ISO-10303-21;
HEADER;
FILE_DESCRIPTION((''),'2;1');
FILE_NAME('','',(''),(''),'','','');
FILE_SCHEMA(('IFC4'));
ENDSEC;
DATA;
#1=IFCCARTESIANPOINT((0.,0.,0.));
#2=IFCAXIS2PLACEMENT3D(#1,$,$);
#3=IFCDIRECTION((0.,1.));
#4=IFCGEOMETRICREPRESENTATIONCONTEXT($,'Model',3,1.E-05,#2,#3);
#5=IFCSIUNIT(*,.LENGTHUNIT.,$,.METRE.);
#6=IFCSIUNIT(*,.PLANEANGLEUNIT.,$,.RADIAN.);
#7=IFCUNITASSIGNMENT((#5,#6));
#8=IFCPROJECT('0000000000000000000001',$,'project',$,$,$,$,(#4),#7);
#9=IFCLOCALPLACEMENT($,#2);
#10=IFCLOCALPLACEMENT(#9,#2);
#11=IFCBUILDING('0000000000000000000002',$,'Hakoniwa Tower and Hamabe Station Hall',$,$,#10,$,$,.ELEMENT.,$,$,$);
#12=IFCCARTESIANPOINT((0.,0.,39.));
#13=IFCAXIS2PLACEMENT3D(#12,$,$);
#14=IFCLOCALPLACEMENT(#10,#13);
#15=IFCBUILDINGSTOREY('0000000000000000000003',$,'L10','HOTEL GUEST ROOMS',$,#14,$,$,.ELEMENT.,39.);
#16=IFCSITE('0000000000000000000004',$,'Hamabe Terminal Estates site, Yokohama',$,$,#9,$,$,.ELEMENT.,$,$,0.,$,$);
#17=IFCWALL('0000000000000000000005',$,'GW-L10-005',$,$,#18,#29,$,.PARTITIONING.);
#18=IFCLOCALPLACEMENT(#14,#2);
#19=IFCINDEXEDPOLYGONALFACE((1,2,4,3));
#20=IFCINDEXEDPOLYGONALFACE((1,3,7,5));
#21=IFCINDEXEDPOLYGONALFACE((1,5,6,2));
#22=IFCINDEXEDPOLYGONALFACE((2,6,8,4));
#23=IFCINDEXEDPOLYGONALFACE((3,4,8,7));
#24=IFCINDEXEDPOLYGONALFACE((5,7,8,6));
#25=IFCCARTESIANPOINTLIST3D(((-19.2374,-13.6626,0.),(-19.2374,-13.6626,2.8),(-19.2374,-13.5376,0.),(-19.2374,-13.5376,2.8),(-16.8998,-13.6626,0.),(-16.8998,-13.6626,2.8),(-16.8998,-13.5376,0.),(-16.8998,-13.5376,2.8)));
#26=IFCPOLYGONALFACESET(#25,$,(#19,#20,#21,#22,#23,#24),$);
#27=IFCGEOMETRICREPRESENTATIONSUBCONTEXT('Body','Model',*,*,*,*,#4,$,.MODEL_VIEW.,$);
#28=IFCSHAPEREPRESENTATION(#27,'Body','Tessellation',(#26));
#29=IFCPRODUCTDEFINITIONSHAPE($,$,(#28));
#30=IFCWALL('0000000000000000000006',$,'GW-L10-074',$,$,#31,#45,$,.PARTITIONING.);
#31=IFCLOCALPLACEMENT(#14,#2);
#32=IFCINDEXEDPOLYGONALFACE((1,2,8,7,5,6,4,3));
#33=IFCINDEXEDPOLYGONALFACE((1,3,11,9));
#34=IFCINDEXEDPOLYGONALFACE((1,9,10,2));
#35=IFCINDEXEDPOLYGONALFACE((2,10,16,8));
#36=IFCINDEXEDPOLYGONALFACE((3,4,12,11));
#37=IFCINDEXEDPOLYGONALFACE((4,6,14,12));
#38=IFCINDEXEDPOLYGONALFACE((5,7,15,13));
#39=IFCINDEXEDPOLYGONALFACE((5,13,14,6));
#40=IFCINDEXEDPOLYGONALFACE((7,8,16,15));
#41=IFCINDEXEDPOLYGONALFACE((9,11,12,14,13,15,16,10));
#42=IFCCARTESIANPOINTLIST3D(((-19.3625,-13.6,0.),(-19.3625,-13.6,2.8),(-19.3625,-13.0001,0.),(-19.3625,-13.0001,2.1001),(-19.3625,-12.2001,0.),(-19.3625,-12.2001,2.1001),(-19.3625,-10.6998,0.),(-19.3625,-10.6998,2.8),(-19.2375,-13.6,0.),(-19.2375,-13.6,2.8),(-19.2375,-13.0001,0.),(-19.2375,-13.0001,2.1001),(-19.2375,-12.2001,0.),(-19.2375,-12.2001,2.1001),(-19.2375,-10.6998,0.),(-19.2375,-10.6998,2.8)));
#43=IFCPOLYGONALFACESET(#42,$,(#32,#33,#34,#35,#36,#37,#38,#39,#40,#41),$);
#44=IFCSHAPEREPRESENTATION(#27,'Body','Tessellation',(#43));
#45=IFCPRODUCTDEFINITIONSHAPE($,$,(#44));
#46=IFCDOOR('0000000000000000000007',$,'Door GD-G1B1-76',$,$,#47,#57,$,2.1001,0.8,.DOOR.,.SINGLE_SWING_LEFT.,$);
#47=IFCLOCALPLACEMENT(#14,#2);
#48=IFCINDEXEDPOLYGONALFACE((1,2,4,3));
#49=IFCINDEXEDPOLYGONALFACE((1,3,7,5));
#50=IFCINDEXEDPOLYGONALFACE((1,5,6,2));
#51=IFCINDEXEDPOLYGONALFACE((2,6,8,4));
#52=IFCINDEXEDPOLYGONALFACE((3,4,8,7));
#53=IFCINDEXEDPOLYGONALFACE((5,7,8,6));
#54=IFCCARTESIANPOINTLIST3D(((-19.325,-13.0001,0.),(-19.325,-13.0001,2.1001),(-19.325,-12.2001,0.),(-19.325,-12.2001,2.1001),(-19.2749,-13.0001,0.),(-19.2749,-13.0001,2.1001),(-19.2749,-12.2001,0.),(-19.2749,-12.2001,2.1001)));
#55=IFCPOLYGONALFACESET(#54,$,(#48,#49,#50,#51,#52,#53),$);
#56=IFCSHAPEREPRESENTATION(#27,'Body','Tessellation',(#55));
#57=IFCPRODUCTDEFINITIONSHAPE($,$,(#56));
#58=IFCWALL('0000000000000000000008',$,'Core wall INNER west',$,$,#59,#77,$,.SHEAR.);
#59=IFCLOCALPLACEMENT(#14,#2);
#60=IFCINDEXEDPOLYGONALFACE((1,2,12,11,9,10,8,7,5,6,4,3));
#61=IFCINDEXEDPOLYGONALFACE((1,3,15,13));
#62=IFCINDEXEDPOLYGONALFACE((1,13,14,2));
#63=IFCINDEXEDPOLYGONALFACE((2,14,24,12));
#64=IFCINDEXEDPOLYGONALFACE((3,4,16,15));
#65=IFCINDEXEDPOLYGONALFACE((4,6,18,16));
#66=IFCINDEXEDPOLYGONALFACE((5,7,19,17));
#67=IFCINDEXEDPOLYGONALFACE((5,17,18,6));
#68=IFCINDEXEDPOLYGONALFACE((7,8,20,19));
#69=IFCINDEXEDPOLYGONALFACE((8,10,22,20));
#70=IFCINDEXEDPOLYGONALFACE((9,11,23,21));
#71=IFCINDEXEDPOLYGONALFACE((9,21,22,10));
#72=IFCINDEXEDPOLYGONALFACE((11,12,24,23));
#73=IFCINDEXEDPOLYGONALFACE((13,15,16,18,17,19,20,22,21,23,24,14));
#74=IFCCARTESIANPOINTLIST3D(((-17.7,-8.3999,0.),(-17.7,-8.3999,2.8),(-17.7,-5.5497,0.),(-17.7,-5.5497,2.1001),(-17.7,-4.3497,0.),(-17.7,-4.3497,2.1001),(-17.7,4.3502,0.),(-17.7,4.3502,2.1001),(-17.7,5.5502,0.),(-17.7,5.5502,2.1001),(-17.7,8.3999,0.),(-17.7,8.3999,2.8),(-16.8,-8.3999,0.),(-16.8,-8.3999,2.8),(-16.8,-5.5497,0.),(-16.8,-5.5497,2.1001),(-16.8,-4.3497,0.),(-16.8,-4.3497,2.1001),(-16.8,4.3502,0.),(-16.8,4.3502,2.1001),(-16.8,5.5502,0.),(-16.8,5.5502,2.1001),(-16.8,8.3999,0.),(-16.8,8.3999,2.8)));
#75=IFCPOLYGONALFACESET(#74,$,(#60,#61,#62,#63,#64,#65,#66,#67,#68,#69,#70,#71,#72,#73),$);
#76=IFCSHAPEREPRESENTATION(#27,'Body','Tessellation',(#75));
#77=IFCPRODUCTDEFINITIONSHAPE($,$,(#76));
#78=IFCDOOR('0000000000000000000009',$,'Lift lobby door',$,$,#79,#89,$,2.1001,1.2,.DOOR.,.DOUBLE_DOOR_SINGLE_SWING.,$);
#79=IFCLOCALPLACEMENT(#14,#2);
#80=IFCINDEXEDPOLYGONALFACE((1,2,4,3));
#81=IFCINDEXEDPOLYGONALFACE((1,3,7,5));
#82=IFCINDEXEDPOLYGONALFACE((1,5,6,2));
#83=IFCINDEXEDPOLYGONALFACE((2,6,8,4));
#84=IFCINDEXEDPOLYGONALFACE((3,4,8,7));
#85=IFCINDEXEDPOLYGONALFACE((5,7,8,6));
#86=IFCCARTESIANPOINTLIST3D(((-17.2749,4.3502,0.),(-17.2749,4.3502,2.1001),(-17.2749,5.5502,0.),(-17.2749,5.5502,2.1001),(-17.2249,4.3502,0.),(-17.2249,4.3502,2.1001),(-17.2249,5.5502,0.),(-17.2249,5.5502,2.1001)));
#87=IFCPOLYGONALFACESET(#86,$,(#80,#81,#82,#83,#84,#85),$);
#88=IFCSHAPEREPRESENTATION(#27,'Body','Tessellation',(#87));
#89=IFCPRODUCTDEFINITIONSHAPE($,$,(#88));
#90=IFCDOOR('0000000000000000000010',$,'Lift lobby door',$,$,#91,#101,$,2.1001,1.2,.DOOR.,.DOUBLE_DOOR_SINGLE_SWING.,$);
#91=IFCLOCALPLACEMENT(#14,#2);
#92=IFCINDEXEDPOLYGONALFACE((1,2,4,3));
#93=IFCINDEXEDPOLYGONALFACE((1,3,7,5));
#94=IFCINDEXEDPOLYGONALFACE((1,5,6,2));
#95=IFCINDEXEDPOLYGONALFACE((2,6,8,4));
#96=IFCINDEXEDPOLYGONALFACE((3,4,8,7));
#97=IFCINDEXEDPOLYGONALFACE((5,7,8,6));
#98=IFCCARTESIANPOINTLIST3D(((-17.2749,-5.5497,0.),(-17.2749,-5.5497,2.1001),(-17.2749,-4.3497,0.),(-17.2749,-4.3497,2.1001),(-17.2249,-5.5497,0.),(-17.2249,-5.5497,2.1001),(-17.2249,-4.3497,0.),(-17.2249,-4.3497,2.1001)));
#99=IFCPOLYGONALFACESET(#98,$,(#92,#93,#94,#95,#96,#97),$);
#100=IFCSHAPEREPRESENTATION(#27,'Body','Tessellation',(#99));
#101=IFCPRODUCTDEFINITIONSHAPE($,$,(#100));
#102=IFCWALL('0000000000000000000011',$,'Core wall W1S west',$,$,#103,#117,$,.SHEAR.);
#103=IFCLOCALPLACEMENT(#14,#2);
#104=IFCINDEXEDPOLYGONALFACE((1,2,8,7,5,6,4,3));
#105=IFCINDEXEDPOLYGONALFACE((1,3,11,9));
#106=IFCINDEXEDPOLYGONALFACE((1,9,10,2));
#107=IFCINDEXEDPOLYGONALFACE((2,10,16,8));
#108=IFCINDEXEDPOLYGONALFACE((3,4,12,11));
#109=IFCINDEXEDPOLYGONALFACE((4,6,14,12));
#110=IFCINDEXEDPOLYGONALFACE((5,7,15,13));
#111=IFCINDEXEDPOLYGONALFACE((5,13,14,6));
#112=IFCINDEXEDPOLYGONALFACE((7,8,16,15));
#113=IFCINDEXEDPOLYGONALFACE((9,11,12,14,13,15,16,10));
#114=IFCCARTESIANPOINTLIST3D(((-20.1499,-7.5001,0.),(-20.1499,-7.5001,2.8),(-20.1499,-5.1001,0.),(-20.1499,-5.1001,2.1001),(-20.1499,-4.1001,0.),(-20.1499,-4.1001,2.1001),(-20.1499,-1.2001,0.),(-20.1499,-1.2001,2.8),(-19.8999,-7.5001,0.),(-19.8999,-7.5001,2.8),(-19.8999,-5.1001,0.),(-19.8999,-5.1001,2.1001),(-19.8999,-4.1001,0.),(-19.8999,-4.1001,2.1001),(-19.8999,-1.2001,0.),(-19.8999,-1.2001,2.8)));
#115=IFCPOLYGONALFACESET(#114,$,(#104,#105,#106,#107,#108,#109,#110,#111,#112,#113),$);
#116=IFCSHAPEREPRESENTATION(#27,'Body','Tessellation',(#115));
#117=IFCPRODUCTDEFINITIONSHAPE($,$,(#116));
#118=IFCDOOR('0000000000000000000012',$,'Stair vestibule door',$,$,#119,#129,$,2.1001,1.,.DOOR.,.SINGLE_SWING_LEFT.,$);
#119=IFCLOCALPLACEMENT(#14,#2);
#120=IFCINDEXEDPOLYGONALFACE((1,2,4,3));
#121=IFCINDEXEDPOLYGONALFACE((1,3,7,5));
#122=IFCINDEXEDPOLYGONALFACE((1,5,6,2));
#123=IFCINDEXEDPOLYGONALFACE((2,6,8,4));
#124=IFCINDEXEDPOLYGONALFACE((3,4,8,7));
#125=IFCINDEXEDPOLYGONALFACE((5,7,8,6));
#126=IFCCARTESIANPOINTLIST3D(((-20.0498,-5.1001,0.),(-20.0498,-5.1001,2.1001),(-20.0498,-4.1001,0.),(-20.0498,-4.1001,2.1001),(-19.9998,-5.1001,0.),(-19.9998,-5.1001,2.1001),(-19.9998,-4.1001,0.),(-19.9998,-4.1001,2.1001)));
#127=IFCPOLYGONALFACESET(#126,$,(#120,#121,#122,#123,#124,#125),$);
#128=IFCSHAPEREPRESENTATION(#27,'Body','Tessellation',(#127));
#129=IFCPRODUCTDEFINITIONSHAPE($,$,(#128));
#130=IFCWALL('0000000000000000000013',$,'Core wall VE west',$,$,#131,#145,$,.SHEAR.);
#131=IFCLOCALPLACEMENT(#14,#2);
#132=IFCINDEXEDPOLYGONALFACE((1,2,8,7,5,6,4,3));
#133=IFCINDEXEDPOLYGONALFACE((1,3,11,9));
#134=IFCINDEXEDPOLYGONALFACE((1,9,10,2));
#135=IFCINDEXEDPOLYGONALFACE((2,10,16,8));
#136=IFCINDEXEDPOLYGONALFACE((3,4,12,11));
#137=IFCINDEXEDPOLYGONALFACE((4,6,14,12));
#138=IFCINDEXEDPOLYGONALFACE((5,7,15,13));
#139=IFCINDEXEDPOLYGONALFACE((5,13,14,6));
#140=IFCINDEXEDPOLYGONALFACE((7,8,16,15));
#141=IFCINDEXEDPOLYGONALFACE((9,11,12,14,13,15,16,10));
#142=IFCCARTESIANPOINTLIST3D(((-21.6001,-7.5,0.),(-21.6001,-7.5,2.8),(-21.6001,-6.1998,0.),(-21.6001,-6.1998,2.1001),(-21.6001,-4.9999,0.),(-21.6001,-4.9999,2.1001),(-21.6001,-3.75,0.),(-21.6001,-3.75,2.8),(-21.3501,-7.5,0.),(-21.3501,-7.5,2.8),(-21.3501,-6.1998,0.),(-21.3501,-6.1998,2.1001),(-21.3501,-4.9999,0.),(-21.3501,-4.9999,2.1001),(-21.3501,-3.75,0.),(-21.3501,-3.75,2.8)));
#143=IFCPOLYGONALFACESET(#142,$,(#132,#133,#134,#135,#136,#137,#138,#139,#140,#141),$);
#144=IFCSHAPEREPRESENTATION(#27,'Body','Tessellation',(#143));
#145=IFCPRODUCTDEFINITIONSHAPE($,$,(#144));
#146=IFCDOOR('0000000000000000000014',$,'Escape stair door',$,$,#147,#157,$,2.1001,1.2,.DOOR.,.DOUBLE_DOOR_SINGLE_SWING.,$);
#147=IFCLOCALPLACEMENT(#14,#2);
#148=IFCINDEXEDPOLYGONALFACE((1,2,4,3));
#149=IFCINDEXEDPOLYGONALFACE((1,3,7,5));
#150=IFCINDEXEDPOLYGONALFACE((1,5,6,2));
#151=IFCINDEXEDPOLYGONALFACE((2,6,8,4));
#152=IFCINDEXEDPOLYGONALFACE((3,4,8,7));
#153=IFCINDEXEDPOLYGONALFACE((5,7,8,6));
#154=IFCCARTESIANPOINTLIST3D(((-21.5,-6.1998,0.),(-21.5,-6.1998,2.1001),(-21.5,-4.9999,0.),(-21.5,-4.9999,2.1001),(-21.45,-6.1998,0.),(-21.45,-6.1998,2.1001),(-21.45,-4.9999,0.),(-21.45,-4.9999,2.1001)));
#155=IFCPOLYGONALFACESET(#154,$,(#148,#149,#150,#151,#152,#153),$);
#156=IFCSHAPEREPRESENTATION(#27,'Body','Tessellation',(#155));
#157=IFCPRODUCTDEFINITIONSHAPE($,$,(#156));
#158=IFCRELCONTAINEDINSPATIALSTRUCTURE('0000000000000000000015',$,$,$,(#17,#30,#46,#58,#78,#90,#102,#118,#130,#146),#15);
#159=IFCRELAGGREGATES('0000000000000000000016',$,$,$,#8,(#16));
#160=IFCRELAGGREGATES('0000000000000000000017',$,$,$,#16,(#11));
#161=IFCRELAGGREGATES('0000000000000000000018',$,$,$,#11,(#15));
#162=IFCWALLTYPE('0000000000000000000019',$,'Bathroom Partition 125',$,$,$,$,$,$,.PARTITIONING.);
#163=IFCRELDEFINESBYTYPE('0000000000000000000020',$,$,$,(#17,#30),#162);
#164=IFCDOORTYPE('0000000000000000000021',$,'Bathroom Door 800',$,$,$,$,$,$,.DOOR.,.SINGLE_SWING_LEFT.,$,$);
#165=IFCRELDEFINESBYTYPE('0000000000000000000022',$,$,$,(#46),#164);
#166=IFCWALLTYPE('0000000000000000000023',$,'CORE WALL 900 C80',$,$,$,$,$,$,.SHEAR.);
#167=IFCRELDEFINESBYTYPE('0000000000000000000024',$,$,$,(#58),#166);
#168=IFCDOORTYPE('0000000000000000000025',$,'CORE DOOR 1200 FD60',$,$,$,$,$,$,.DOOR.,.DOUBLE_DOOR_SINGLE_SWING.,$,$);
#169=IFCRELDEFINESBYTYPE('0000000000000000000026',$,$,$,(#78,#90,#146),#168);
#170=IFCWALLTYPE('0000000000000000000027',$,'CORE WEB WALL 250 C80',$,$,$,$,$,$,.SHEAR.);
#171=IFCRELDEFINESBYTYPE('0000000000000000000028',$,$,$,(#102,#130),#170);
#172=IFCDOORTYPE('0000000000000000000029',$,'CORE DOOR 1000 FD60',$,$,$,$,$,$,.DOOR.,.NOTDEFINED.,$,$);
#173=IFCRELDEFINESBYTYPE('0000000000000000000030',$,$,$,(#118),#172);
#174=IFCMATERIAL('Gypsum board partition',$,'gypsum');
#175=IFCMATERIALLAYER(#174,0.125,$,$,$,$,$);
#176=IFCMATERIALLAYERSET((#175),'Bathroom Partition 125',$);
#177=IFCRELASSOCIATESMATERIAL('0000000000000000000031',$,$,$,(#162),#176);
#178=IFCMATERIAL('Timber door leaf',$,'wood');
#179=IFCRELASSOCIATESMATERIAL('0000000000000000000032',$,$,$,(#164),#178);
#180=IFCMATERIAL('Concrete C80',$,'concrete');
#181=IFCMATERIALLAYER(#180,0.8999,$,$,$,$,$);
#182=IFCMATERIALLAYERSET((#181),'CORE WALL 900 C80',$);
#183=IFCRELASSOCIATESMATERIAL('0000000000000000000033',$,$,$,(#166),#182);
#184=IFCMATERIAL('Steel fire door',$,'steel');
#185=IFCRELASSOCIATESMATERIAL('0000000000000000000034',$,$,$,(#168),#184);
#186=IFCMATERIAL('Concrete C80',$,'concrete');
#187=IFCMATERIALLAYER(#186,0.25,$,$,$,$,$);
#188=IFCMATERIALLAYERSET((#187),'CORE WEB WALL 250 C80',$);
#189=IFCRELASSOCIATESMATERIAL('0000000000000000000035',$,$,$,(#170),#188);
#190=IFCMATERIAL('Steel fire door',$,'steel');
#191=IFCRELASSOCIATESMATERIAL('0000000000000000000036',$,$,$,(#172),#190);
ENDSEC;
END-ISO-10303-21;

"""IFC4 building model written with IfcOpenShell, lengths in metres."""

from ifc_helpers import new_model, si_unit, direction, frame, frame_2d, origin, place, context, subcontext, project, spatial, rectangle, extrude, material, layer, layer_set, type_object, element, fill, save


model = new_model("IFC4")

# Units and contexts
model_context = context("Model", 3, precision=1e-05, world=origin(), true_north=direction((0.0, 1.0)))
body_context = subcontext(model_context, "Body", "Model", "MODEL_VIEW")
ifc_project = project(units=[si_unit("LENGTHUNIT", "METRE"), si_unit("PLANEANGLEUNIT", "RADIAN")], contexts=[model_context])

# Site, building, storey
site_placement = place(None, origin())
site = spatial("IfcSite", under=ifc_project, at=site_placement, Name="Hamabe Terminal Estates site, Yokohama", CompositionType="ELEMENT", RefElevation=0.0)
building_placement = place(site_placement, origin())
building = spatial("IfcBuilding", under=site, at=building_placement, Name="Hakoniwa Tower and Hamabe Station Hall", CompositionType="ELEMENT")
storey_placement = place(building_placement, frame((0.0, 0.0, 39.0)))
storey = spatial("IfcBuildingStorey", under=building, at=storey_placement, Name="L10", Description="HOTEL GUEST ROOMS", CompositionType="ELEMENT", Elevation=39.0)

# Wall
ifc_material_1 = material(Name="Gypsum board partition", Category="gypsum")
ifc_layer_1 = layer(ifc_material_1, 0.125)
ifc_layer_set_1 = layer_set([ifc_layer_1], Name="Bathroom Partition 125")
wall_type_1 = type_object("IfcWallType", Name="Bathroom Partition 125", PredefinedType="PARTITIONING", material=ifc_layer_set_1)
wall_1_placement = place(storey_placement, frame((-19.2375, -13.6001, 0.0), z_axis=(0.0, 0.0, 1.0), x_axis=(1.0, 0.0, 0.0)))
element("IfcWall", 1, at=wall_1_placement, inside=storey, type_object=wall_type_1, Name="GW-L10-005", PredefinedType="PARTITIONING", context=body_context, shape_type="SweptSolid", body=[
    extrude(rectangle(XDim=2.3376, YDim=0.125, at=frame_2d((1.1689, 0.0))), origin(), (0.0, 0.0, 1.0), 2.8),
])

# Wall, opening, door
wall_2_placement = place(storey_placement, frame((-19.3, -13.6001, 0.0), z_axis=(0.0, 0.0, 1.0), x_axis=(0.0, 1.0, 0.0)))
wall_2 = element("IfcWall", 2, at=wall_2_placement, inside=storey, type_object=wall_type_1, Name="GW-L10-074", PredefinedType="PARTITIONING", context=body_context, shape_type="SweptSolid", body=[
    extrude(rectangle(XDim=2.9001, YDim=0.125, at=frame_2d((1.4502, 0.0))), origin(), (0.0, 0.0, 1.0), 2.8),
])
opening_1_placement = place(wall_2_placement, frame((0.6001, 0.0, 0.0)))
opening_1 = element("IfcOpeningElement", 3, at=opening_1_placement, cuts=wall_2, PredefinedType="OPENING", context=body_context, shape_type="SweptSolid", body=[
    extrude(rectangle(XDim=0.8, YDim=2.1001, at=frame_2d((0.3999, 1.05))), frame((0.0, 0.0725, 0.0), z_axis=(0.0, -1.0, 0.0), x_axis=(1.0, 0.0, 0.0)), (0.0, 0.0, 1.0), 0.145),
])
ifc_material_2 = material(Name="Timber door leaf", Category="wood")
door_type_1 = type_object("IfcDoorType", Name="Bathroom Door 800", OperationType="SINGLE_SWING_LEFT", PredefinedType="DOOR", material=ifc_material_2)
door_1_placement = place(opening_1_placement, origin())
door_1 = element("IfcDoor", 4, at=door_1_placement, inside=storey, type_object=door_type_1, Name="Door GD-G1B1-76", OperationType="SINGLE_SWING_LEFT", OverallHeight=2.1001, OverallWidth=0.8, PredefinedType="DOOR", context=body_context, shape_type="SweptSolid", body=[
    extrude(rectangle(XDim=0.8, YDim=2.1001, at=frame_2d((0.3999, 1.05))), frame((0.0, 0.0249, 0.0), z_axis=(0.0, -1.0, 0.0), x_axis=(1.0, 0.0, 0.0)), (0.0, 0.0, 1.0), 0.05),
])
fill(opening_1, door_1)

# Wall, openings, doors
ifc_material_3 = material(Name="Concrete C80", Category="concrete")
ifc_layer_2 = layer(ifc_material_3, 0.8999)
ifc_layer_set_2 = layer_set([ifc_layer_2], Name="CORE WALL 900 C80")
wall_type_2 = type_object("IfcWallType", Name="CORE WALL 900 C80", PredefinedType="SHEAR", material=ifc_layer_set_2)
wall_3_placement = place(storey_placement, frame((-17.25, -8.3999, 0.0), z_axis=(0.0, 0.0, 1.0), x_axis=(0.0, 1.0, 0.0)))
wall_3 = element("IfcWall", 5, at=wall_3_placement, inside=storey, type_object=wall_type_2, Name="Core wall INNER west", PredefinedType="SHEAR", context=body_context, shape_type="SweptSolid", body=[
    extrude(rectangle(XDim=16.7998, YDim=0.8999, at=frame_2d((8.3999, 0.0))), origin(), (0.0, 0.0, 1.0), 2.8),
])
opening_2_placement = place(wall_3_placement, frame((12.75, 0.0, 0.0)))
opening_2 = element("IfcOpeningElement", 6, at=opening_2_placement, cuts=wall_3, PredefinedType="OPENING", context=body_context, shape_type="SweptSolid", body=[
    extrude(rectangle(XDim=1.2, YDim=2.1001, at=frame_2d((0.6001, 1.05))), frame((0.0, 0.46, 0.0), z_axis=(0.0, -1.0, 0.0), x_axis=(1.0, 0.0, 0.0)), (0.0, 0.0, 1.0), 0.9199),
])
opening_3_placement = place(wall_3_placement, frame((2.8501, 0.0, 0.0)))
opening_3 = element("IfcOpeningElement", 7, at=opening_3_placement, cuts=wall_3, PredefinedType="OPENING", context=body_context, shape_type="SweptSolid", body=[
    extrude(rectangle(XDim=1.2, YDim=2.1001, at=frame_2d((0.6001, 1.05))), frame((0.0, 0.46, 0.0), z_axis=(0.0, -1.0, 0.0), x_axis=(1.0, 0.0, 0.0)), (0.0, 0.0, 1.0), 0.9199),
])
ifc_material_4 = material(Name="Steel fire door", Category="steel")
door_type_2 = type_object("IfcDoorType", Name="CORE DOOR 1200 FD60", OperationType="DOUBLE_DOOR_SINGLE_SWING", PredefinedType="DOOR", material=ifc_material_4)
door_2_placement = place(opening_2_placement, origin())
door_2 = element("IfcDoor", 8, at=door_2_placement, inside=storey, type_object=door_type_2, Name="Lift lobby door", OperationType="DOUBLE_DOOR_SINGLE_SWING", OverallHeight=2.1001, OverallWidth=1.2, PredefinedType="DOOR", context=body_context, shape_type="SweptSolid", body=[
    extrude(rectangle(XDim=1.2, YDim=2.1001, at=frame_2d((0.6001, 1.05))), frame((0.0, 0.0249, 0.0), z_axis=(0.0, -1.0, 0.0), x_axis=(1.0, 0.0, 0.0)), (0.0, 0.0, 1.0), 0.05),
])
fill(opening_2, door_2)
door_3_placement = place(opening_3_placement, origin())
door_3 = element("IfcDoor", 9, at=door_3_placement, inside=storey, type_object=door_type_2, Name="Lift lobby door", OperationType="DOUBLE_DOOR_SINGLE_SWING", OverallHeight=2.1001, OverallWidth=1.2, PredefinedType="DOOR", context=body_context, shape_type="SweptSolid", body=[
    extrude(rectangle(XDim=1.2, YDim=2.1001, at=frame_2d((0.6001, 1.05))), frame((0.0, 0.0249, 0.0), z_axis=(0.0, -1.0, 0.0), x_axis=(1.0, 0.0, 0.0)), (0.0, 0.0, 1.0), 0.05),
])
fill(opening_3, door_3)

# Walls, openings, doors
ifc_material_5 = material(Name="Concrete C80", Category="concrete")
ifc_layer_3 = layer(ifc_material_5, 0.25)
ifc_layer_set_3 = layer_set([ifc_layer_3], Name="CORE WEB WALL 250 C80")
wall_type_3 = type_object("IfcWallType", Name="CORE WEB WALL 250 C80", PredefinedType="SHEAR", material=ifc_layer_set_3)
wall_4_placement = place(storey_placement, frame((-20.0249, -7.5, 0.0), z_axis=(0.0, 0.0, 1.0), x_axis=(0.0, 1.0, 0.0)))
wall_4 = element("IfcWall", 10, at=wall_4_placement, inside=storey, type_object=wall_type_3, Name="Core wall W1S west", PredefinedType="SHEAR", context=body_context, shape_type="SweptSolid", body=[
    extrude(rectangle(XDim=6.3, YDim=0.25, at=frame_2d((3.1499, 0.0))), origin(), (0.0, 0.0, 1.0), 2.8),
])
opening_4_placement = place(wall_4_placement, frame((2.3999, 0.0, 0.0)))
opening_4 = element("IfcOpeningElement", 11, at=opening_4_placement, cuts=wall_4, PredefinedType="OPENING", context=body_context, shape_type="SweptSolid", body=[
    extrude(rectangle(XDim=1.0, YDim=2.1001, at=frame_2d((0.5, 1.05))), frame((0.0, 0.135, 0.0), z_axis=(0.0, -1.0, 0.0), x_axis=(1.0, 0.0, 0.0)), (0.0, 0.0, 1.0), 0.27),
])
ifc_material_6 = material(Name="Steel fire door", Category="steel")
door_type_3 = type_object("IfcDoorType", Name="CORE DOOR 1000 FD60", OperationType="NOTDEFINED", PredefinedType="DOOR", material=ifc_material_6)
door_4_placement = place(opening_4_placement, origin())
door_4 = element("IfcDoor", 12, at=door_4_placement, inside=storey, type_object=door_type_3, Name="Stair vestibule door", OperationType="SINGLE_SWING_LEFT", OverallHeight=2.1001, OverallWidth=1.0, PredefinedType="DOOR", context=body_context, shape_type="SweptSolid", body=[
    extrude(rectangle(XDim=1.0, YDim=2.1001, at=frame_2d((0.5, 1.05))), frame((0.0, 0.0249, 0.0), z_axis=(0.0, -1.0, 0.0), x_axis=(1.0, 0.0, 0.0)), (0.0, 0.0, 1.0), 0.05),
])
fill(opening_4, door_4)
wall_5_placement = place(storey_placement, frame((-21.4751, -7.5, 0.0), z_axis=(0.0, 0.0, 1.0), x_axis=(0.0, 1.0, 0.0)))
wall_5 = element("IfcWall", 13, at=wall_5_placement, inside=storey, type_object=wall_type_3, Name="Core wall VE west", PredefinedType="SHEAR", context=body_context, shape_type="SweptSolid", body=[
    extrude(rectangle(XDim=3.75, YDim=0.25, at=frame_2d((1.875, 0.0))), origin(), (0.0, 0.0, 1.0), 2.8),
])
opening_5_placement = place(wall_5_placement, frame((1.3, 0.0, 0.0)))
opening_5 = element("IfcOpeningElement", 14, at=opening_5_placement, cuts=wall_5, PredefinedType="OPENING", context=body_context, shape_type="SweptSolid", body=[
    extrude(rectangle(XDim=1.2, YDim=2.1001, at=frame_2d((0.6001, 1.05))), frame((0.0, 0.135, 0.0), z_axis=(0.0, -1.0, 0.0), x_axis=(1.0, 0.0, 0.0)), (0.0, 0.0, 1.0), 0.27),
])
door_5_placement = place(opening_5_placement, origin())
door_5 = element("IfcDoor", 15, at=door_5_placement, inside=storey, type_object=door_type_2, Name="Escape stair door", OperationType="DOUBLE_DOOR_SINGLE_SWING", OverallHeight=2.1001, OverallWidth=1.2, PredefinedType="DOOR", context=body_context, shape_type="SweptSolid", body=[
    extrude(rectangle(XDim=1.2, YDim=2.1001, at=frame_2d((0.6001, 1.05))), frame((0.0, 0.0249, 0.0), z_axis=(0.0, -1.0, 0.0), x_axis=(1.0, 0.0, 0.0)), (0.0, 0.0, 1.0), 0.05),
])
fill(opening_5, door_5)

save(model, "model.ifc")
